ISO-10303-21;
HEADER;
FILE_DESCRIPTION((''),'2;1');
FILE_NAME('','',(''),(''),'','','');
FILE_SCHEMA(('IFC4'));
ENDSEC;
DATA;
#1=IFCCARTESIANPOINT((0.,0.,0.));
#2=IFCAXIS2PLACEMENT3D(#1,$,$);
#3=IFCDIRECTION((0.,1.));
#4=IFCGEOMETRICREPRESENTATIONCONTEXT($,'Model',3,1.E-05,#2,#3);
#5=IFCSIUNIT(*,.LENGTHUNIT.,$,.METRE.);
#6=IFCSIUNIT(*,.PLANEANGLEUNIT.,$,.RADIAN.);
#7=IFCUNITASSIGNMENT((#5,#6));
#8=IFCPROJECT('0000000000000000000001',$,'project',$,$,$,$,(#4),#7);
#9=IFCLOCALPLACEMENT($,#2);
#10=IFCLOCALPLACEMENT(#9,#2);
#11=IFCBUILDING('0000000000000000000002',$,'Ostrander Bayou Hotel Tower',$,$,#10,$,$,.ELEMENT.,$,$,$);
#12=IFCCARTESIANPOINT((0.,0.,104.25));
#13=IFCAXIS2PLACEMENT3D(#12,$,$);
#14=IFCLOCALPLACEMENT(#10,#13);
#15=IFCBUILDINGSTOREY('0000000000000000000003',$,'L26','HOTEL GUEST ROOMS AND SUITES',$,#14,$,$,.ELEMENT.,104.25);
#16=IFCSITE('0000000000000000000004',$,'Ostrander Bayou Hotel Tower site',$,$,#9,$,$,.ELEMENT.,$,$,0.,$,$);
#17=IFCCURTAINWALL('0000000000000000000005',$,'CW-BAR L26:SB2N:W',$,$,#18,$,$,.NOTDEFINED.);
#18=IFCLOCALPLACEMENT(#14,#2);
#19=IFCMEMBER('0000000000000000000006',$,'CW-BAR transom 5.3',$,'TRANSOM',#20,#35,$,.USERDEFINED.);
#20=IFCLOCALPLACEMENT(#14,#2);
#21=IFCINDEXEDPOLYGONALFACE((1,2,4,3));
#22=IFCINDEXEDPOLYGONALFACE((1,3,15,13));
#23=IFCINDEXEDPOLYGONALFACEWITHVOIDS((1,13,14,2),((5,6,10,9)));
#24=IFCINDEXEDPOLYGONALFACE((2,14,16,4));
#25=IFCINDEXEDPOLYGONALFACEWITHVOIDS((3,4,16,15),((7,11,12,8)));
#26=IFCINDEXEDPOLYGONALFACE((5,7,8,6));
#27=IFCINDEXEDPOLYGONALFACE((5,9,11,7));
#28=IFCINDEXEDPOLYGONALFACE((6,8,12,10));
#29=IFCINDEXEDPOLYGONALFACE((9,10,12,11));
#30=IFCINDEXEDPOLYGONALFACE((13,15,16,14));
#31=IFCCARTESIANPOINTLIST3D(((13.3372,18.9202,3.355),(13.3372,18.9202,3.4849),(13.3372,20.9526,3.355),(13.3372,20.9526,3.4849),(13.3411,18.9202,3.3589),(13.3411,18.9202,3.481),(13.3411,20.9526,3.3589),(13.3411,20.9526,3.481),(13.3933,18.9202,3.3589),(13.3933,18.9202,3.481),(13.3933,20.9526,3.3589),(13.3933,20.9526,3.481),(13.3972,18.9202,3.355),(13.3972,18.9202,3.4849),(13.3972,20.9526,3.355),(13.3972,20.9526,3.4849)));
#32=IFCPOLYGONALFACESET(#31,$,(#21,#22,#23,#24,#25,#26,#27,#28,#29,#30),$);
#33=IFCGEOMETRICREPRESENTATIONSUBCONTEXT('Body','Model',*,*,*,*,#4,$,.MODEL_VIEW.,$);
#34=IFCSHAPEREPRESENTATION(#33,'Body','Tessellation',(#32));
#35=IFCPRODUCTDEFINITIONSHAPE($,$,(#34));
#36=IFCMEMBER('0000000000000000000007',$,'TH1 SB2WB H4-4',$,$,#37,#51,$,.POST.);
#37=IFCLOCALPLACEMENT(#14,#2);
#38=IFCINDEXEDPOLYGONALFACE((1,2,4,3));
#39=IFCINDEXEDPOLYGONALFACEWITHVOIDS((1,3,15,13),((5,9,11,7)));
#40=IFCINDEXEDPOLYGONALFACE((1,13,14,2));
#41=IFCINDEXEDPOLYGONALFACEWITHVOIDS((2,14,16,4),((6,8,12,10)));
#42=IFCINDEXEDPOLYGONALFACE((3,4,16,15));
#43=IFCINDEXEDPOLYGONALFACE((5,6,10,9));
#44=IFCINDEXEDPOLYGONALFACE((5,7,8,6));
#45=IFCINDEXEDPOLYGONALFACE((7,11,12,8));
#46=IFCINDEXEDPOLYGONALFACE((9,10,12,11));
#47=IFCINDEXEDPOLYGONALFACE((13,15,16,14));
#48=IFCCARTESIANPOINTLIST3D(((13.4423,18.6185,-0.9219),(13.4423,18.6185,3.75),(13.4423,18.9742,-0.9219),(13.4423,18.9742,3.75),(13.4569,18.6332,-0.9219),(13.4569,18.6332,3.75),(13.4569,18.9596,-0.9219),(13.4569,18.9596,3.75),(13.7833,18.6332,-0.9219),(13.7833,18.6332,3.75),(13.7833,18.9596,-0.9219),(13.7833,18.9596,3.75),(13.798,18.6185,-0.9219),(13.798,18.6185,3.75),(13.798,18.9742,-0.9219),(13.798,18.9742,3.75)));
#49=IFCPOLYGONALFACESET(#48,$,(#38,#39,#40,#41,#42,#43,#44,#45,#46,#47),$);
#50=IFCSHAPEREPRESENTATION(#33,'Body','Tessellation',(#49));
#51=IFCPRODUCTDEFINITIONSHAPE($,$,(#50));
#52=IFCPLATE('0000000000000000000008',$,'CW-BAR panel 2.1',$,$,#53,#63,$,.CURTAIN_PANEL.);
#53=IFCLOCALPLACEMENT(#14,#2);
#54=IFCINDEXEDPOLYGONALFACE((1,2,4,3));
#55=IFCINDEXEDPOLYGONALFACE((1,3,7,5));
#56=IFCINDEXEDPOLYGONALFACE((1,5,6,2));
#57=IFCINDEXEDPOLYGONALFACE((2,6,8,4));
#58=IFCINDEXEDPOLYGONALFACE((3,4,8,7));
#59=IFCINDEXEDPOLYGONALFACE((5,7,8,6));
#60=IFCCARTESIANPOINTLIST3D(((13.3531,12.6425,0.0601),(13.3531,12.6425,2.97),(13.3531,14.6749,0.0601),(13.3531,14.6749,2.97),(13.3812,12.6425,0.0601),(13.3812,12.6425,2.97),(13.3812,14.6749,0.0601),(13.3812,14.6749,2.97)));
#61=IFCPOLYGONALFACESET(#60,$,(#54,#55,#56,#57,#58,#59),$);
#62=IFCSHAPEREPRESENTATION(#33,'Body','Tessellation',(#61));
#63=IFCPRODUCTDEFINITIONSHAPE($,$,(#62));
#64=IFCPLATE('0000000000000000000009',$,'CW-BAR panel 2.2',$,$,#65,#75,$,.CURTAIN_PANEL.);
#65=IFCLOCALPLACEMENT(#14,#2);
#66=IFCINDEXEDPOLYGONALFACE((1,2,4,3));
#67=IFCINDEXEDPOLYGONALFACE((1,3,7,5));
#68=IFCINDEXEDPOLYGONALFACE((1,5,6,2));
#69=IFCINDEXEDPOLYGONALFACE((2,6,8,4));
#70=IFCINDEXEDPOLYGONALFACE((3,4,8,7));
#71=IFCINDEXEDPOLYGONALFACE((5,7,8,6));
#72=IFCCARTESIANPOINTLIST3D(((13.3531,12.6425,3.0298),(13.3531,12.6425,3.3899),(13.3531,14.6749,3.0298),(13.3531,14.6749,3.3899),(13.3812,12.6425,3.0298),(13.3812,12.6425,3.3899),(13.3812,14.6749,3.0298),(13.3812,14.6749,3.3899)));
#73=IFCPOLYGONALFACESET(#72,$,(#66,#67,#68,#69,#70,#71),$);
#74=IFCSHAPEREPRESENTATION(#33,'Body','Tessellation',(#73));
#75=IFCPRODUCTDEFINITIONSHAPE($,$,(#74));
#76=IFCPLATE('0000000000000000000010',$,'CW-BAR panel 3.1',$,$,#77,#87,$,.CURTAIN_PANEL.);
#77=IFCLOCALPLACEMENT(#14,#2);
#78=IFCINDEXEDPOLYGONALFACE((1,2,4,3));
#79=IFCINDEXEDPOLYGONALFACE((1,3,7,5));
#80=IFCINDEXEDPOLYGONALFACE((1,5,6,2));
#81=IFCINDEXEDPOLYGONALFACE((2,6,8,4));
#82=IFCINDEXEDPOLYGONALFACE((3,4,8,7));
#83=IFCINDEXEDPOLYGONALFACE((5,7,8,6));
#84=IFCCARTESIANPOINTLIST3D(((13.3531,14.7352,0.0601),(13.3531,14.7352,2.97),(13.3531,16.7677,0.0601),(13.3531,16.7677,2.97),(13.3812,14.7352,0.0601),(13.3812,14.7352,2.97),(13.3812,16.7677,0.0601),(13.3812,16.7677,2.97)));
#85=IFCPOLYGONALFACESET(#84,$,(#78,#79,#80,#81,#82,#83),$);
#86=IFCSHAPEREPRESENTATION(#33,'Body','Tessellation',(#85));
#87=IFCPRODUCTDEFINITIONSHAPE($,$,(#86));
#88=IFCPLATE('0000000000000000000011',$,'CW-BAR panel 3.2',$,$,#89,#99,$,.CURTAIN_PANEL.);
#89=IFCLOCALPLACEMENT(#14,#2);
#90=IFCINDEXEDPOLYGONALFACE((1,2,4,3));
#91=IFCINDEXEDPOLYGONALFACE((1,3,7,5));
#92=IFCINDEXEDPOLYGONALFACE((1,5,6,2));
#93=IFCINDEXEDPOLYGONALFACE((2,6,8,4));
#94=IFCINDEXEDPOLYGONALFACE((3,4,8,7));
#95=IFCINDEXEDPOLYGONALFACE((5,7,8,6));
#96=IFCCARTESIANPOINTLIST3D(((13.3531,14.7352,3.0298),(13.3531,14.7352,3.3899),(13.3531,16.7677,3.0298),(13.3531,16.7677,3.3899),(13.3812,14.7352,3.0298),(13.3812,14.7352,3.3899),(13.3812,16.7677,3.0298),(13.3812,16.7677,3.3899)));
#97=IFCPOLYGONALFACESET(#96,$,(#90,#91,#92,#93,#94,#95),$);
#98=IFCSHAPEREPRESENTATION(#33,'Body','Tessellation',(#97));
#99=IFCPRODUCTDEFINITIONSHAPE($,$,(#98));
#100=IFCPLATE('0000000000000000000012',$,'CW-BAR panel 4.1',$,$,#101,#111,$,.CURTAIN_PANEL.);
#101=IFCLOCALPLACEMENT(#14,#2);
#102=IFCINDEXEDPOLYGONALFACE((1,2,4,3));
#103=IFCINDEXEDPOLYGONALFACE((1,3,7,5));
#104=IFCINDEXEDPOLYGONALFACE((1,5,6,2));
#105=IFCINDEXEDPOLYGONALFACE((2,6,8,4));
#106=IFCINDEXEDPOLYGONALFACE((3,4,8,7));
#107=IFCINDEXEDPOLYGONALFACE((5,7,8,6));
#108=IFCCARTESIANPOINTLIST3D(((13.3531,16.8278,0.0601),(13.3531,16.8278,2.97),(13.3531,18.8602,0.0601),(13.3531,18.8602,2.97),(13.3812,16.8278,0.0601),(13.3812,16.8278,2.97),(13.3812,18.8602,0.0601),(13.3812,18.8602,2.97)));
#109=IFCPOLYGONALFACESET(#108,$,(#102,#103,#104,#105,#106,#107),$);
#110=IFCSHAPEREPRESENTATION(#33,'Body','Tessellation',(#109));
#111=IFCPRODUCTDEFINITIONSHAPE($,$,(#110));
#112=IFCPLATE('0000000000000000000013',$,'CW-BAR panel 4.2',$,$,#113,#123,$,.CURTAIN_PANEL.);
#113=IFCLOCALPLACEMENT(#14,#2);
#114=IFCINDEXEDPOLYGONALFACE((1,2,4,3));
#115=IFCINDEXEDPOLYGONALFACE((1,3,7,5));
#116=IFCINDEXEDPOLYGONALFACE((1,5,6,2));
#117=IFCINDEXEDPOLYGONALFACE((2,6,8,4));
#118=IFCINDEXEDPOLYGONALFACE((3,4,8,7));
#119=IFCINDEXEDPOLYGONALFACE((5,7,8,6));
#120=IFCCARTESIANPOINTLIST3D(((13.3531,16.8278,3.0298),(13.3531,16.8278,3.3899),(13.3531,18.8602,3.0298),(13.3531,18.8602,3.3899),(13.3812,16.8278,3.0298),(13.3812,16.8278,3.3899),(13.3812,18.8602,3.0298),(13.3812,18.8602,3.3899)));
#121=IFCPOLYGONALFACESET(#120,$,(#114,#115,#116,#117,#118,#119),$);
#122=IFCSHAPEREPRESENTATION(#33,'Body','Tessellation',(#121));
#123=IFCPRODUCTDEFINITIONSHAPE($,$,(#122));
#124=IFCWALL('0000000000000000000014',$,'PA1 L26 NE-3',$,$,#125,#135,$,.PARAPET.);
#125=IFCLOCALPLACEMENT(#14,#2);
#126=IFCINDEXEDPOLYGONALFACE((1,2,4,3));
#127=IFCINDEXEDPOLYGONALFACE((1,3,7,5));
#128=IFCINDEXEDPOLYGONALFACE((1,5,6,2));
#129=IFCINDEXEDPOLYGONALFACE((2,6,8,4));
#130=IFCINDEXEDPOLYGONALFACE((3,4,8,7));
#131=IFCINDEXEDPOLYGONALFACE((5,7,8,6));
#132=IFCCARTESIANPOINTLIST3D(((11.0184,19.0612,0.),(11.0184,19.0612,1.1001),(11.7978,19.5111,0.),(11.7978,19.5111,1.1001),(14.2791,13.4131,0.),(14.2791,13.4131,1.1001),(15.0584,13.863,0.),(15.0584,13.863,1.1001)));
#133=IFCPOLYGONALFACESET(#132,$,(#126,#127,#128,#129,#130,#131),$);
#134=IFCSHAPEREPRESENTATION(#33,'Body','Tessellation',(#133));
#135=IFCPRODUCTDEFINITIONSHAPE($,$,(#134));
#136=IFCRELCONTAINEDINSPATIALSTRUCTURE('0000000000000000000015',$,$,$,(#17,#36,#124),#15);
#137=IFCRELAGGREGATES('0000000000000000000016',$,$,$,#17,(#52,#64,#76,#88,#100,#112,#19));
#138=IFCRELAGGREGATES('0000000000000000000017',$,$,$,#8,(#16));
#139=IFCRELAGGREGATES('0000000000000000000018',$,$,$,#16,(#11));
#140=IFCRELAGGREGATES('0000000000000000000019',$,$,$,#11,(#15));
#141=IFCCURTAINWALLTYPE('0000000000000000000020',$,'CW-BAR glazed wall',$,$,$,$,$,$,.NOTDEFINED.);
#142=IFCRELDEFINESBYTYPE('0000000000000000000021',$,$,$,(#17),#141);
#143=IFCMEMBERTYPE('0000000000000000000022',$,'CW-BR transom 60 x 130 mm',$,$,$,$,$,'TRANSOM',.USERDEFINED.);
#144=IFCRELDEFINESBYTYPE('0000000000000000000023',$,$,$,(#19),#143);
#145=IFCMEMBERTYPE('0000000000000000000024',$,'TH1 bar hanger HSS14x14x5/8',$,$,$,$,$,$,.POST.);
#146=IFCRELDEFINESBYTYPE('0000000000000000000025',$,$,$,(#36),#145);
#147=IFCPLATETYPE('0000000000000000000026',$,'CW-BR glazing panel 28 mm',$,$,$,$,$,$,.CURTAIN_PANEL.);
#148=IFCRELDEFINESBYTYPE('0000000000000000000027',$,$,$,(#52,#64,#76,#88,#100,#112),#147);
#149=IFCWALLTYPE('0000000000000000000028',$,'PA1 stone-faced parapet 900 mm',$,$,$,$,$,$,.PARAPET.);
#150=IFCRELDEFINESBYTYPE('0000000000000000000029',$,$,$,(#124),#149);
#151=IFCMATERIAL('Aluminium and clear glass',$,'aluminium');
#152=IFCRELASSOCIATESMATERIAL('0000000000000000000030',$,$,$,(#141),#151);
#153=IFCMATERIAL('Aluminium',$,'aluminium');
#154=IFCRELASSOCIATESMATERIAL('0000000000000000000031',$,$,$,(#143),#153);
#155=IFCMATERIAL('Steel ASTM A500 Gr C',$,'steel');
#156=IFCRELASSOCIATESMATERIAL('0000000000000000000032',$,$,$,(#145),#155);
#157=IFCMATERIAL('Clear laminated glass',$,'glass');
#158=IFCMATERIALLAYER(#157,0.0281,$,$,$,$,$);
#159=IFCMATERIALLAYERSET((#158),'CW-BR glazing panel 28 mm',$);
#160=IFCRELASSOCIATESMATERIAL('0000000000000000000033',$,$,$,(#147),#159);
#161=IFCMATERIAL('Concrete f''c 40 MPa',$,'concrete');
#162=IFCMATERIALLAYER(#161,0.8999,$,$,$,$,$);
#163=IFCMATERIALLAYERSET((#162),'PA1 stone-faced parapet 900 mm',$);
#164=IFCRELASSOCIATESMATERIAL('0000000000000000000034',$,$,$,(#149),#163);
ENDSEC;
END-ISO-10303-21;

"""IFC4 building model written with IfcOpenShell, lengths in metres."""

from ifc_helpers import new_model, si_unit, direction, frame, frame_2d, origin, origin_2d, place, context, subcontext, project, spatial, rectangle, hollow_rectangle, extrude, material, layer, layer_set, material_profile, profile_set, type_object, element, aggregate, save


model = new_model("IFC4")

# Units and contexts
model_context = context("Model", 3, precision=1e-05, world=origin(), true_north=direction((0.0, 1.0)))
body_context = subcontext(model_context, "Body", "Model", "MODEL_VIEW")
ifc_project = project(units=[si_unit("LENGTHUNIT", "METRE"), si_unit("PLANEANGLEUNIT", "RADIAN")], contexts=[model_context])

# Site, building, storey
site_placement = place(None, origin())
site = spatial("IfcSite", under=ifc_project, at=site_placement, Name="Ostrander Bayou Hotel Tower site", CompositionType="ELEMENT", RefElevation=0.0)
building_placement = place(site_placement, origin())
building = spatial("IfcBuilding", under=site, at=building_placement, Name="Ostrander Bayou Hotel Tower", CompositionType="ELEMENT")
storey_placement = place(building_placement, frame((0.0, 0.0, 104.25)))
storey = spatial("IfcBuildingStorey", under=building, at=storey_placement, Name="L26", Description="HOTEL GUEST ROOMS AND SUITES", CompositionType="ELEMENT", Elevation=104.25)

# Curtain wall, member
ifc_material_1 = material(Name="Aluminium and clear glass", Category="aluminium")
curtain_wall_type = type_object("IfcCurtainWallType", Name="CW-BAR glazed wall", PredefinedType="NOTDEFINED", material=ifc_material_1)
curtain_wall_placement = place(storey_placement, origin())
curtain_wall = element("IfcCurtainWall", 1, at=curtain_wall_placement, inside=storey, type_object=curtain_wall_type, Name="CW-BAR L26:SB2N:W", PredefinedType="NOTDEFINED")
ifc_material_2 = material(Name="Aluminium", Category="aluminium")
ifc_material_profile_1 = material_profile(ifc_material_2, hollow_rectangle(XDim=0.0601, YDim=0.1299, WallThickness=0.0039, at=origin_2d()))
ifc_profile_set_1 = profile_set([ifc_material_profile_1], Name="Aluminium")
member_type_1 = type_object("IfcMemberType", Name="CW-BR transom 60 x 130 mm", ElementType="TRANSOM", PredefinedType="USERDEFINED", material=ifc_profile_set_1)
member_1_placement = place(storey_placement, frame((13.3672, 18.9202, 3.4199), z_axis=(0.0, 1.0, 0.0), x_axis=(-1.0, 0.0, 0.0)))
member_1 = element("IfcMember", 2, at=member_1_placement, type_object=member_type_1, Name="CW-BAR transom 5.3", ObjectType="TRANSOM", PredefinedType="USERDEFINED", context=body_context, shape_type="SweptSolid", body=[
    extrude(hollow_rectangle(XDim=0.0601, YDim=0.1299, WallThickness=0.0039, at=origin_2d()), origin(), (0.0, 0.0, 1.0), 2.0325),
])

# Member
ifc_material_3 = material(Name="Steel ASTM A500 Gr C", Category="steel")
ifc_material_profile_2 = material_profile(ifc_material_3, hollow_rectangle(XDim=0.3557, YDim=0.3557, WallThickness=0.0146, at=origin_2d()))
ifc_profile_set_2 = profile_set([ifc_material_profile_2], Name="Steel ASTM A500 Gr C")
member_type_2 = type_object("IfcMemberType", Name="TH1 bar hanger HSS14x14x5/8", PredefinedType="POST", material=ifc_profile_set_2)
member_2_placement = place(storey_placement, frame((13.6201, 18.7964, -0.9219), z_axis=(0.0, 0.0, 1.0), x_axis=(1.0, 0.0, 0.0)))
element("IfcMember", 3, at=member_2_placement, inside=storey, type_object=member_type_2, Name="TH1 SB2WB H4-4", PredefinedType="POST", context=body_context, shape_type="SweptSolid", body=[
    extrude(hollow_rectangle(XDim=0.3557, YDim=0.3557, WallThickness=0.0146, at=origin_2d()), origin(), (0.0, 0.0, 1.0), 4.6719),
])

# Plates
ifc_material_4 = material(Name="Clear laminated glass", Category="glass")
ifc_layer_1 = layer(ifc_material_4, 0.0281)
ifc_layer_set_1 = layer_set([ifc_layer_1], Name="CW-BR glazing panel 28 mm")
plate_type = type_object("IfcPlateType", Name="CW-BR glazing panel 28 mm", PredefinedType="CURTAIN_PANEL", material=ifc_layer_set_1)
plate_1_placement = place(storey_placement, frame((13.3672, 13.6587, 0.0601), z_axis=(0.0, 0.0, 1.0), x_axis=(0.0, 1.0, 0.0)))
plate_1 = element("IfcPlate", 4, at=plate_1_placement, type_object=plate_type, Name="CW-BAR panel 2.1", PredefinedType="CURTAIN_PANEL", context=body_context, shape_type="SweptSolid", body=[
    extrude(rectangle(XDim=2.0325, YDim=0.0281, at=origin_2d()), origin(), (0.0, 0.0, 1.0), 2.9099),
])
plate_2_placement = place(storey_placement, frame((13.3672, 13.6587, 3.0298), z_axis=(0.0, 0.0, 1.0), x_axis=(0.0, 1.0, 0.0)))
plate_2 = element("IfcPlate", 5, at=plate_2_placement, type_object=plate_type, Name="CW-BAR panel 2.2", PredefinedType="CURTAIN_PANEL", context=body_context, shape_type="SweptSolid", body=[
    extrude(rectangle(XDim=2.0325, YDim=0.0281, at=origin_2d()), origin(), (0.0, 0.0, 1.0), 0.3601),
])
plate_3_placement = place(storey_placement, frame((13.3672, 15.7515, 0.0601), z_axis=(0.0, 0.0, 1.0), x_axis=(0.0, 1.0, 0.0)))
plate_3 = element("IfcPlate", 6, at=plate_3_placement, type_object=plate_type, Name="CW-BAR panel 3.1", PredefinedType="CURTAIN_PANEL", context=body_context, shape_type="SweptSolid", body=[
    extrude(rectangle(XDim=2.0325, YDim=0.0281, at=origin_2d()), origin(), (0.0, 0.0, 1.0), 2.9099),
])
plate_4_placement = place(storey_placement, frame((13.3672, 15.7515, 3.0298), z_axis=(0.0, 0.0, 1.0), x_axis=(0.0, 1.0, 0.0)))
plate_4 = element("IfcPlate", 7, at=plate_4_placement, type_object=plate_type, Name="CW-BAR panel 3.2", PredefinedType="CURTAIN_PANEL", context=body_context, shape_type="SweptSolid", body=[
    extrude(rectangle(XDim=2.0325, YDim=0.0281, at=origin_2d()), origin(), (0.0, 0.0, 1.0), 0.3601),
])
plate_5_placement = place(storey_placement, frame((13.3672, 17.844, 0.0601), z_axis=(0.0, 0.0, 1.0), x_axis=(0.0, 1.0, 0.0)))
plate_5 = element("IfcPlate", 8, at=plate_5_placement, type_object=plate_type, Name="CW-BAR panel 4.1", PredefinedType="CURTAIN_PANEL", context=body_context, shape_type="SweptSolid", body=[
    extrude(rectangle(XDim=2.0325, YDim=0.0281, at=origin_2d()), origin(), (0.0, 0.0, 1.0), 2.9099),
])
plate_6_placement = place(storey_placement, frame((13.3672, 17.844, 3.0298), z_axis=(0.0, 0.0, 1.0), x_axis=(0.0, 1.0, 0.0)))
plate_6 = element("IfcPlate", 9, at=plate_6_placement, type_object=plate_type, Name="CW-BAR panel 4.2", PredefinedType="CURTAIN_PANEL", context=body_context, shape_type="SweptSolid", body=[
    extrude(rectangle(XDim=2.0325, YDim=0.0281, at=origin_2d()), origin(), (0.0, 0.0, 1.0), 0.3601),
])
aggregate(curtain_wall, [plate_1, plate_2, plate_3, plate_4, plate_5, plate_6, member_1])

# Wall
ifc_material_5 = material(Name="Concrete f'c 40 MPa", Category="concrete")
ifc_layer_2 = layer(ifc_material_5, 0.8999)
ifc_layer_set_2 = layer_set([ifc_layer_2], Name="PA1 stone-faced parapet 900 mm")
wall_type = type_object("IfcWallType", Name="PA1 stone-faced parapet 900 mm", PredefinedType="PARAPET", material=ifc_layer_set_2)
wall_placement = place(storey_placement, frame((14.6687, 13.6382, 0.0), z_axis=(0.0, 0.0, 1.0), x_axis=(-0.499972, 0.866042, 0.0)))
element("IfcWall", 10, at=wall_placement, inside=storey, type_object=wall_type, Name="PA1 L26 NE-3", PredefinedType="PARAPET", context=body_context, shape_type="SweptSolid", body=[
    extrude(rectangle(XDim=6.5217, YDim=0.8999, at=frame_2d((3.2607, 0.0))), origin(), (0.0, 0.0, 1.0), 1.1001),
])

save(model, "model.ifc")
